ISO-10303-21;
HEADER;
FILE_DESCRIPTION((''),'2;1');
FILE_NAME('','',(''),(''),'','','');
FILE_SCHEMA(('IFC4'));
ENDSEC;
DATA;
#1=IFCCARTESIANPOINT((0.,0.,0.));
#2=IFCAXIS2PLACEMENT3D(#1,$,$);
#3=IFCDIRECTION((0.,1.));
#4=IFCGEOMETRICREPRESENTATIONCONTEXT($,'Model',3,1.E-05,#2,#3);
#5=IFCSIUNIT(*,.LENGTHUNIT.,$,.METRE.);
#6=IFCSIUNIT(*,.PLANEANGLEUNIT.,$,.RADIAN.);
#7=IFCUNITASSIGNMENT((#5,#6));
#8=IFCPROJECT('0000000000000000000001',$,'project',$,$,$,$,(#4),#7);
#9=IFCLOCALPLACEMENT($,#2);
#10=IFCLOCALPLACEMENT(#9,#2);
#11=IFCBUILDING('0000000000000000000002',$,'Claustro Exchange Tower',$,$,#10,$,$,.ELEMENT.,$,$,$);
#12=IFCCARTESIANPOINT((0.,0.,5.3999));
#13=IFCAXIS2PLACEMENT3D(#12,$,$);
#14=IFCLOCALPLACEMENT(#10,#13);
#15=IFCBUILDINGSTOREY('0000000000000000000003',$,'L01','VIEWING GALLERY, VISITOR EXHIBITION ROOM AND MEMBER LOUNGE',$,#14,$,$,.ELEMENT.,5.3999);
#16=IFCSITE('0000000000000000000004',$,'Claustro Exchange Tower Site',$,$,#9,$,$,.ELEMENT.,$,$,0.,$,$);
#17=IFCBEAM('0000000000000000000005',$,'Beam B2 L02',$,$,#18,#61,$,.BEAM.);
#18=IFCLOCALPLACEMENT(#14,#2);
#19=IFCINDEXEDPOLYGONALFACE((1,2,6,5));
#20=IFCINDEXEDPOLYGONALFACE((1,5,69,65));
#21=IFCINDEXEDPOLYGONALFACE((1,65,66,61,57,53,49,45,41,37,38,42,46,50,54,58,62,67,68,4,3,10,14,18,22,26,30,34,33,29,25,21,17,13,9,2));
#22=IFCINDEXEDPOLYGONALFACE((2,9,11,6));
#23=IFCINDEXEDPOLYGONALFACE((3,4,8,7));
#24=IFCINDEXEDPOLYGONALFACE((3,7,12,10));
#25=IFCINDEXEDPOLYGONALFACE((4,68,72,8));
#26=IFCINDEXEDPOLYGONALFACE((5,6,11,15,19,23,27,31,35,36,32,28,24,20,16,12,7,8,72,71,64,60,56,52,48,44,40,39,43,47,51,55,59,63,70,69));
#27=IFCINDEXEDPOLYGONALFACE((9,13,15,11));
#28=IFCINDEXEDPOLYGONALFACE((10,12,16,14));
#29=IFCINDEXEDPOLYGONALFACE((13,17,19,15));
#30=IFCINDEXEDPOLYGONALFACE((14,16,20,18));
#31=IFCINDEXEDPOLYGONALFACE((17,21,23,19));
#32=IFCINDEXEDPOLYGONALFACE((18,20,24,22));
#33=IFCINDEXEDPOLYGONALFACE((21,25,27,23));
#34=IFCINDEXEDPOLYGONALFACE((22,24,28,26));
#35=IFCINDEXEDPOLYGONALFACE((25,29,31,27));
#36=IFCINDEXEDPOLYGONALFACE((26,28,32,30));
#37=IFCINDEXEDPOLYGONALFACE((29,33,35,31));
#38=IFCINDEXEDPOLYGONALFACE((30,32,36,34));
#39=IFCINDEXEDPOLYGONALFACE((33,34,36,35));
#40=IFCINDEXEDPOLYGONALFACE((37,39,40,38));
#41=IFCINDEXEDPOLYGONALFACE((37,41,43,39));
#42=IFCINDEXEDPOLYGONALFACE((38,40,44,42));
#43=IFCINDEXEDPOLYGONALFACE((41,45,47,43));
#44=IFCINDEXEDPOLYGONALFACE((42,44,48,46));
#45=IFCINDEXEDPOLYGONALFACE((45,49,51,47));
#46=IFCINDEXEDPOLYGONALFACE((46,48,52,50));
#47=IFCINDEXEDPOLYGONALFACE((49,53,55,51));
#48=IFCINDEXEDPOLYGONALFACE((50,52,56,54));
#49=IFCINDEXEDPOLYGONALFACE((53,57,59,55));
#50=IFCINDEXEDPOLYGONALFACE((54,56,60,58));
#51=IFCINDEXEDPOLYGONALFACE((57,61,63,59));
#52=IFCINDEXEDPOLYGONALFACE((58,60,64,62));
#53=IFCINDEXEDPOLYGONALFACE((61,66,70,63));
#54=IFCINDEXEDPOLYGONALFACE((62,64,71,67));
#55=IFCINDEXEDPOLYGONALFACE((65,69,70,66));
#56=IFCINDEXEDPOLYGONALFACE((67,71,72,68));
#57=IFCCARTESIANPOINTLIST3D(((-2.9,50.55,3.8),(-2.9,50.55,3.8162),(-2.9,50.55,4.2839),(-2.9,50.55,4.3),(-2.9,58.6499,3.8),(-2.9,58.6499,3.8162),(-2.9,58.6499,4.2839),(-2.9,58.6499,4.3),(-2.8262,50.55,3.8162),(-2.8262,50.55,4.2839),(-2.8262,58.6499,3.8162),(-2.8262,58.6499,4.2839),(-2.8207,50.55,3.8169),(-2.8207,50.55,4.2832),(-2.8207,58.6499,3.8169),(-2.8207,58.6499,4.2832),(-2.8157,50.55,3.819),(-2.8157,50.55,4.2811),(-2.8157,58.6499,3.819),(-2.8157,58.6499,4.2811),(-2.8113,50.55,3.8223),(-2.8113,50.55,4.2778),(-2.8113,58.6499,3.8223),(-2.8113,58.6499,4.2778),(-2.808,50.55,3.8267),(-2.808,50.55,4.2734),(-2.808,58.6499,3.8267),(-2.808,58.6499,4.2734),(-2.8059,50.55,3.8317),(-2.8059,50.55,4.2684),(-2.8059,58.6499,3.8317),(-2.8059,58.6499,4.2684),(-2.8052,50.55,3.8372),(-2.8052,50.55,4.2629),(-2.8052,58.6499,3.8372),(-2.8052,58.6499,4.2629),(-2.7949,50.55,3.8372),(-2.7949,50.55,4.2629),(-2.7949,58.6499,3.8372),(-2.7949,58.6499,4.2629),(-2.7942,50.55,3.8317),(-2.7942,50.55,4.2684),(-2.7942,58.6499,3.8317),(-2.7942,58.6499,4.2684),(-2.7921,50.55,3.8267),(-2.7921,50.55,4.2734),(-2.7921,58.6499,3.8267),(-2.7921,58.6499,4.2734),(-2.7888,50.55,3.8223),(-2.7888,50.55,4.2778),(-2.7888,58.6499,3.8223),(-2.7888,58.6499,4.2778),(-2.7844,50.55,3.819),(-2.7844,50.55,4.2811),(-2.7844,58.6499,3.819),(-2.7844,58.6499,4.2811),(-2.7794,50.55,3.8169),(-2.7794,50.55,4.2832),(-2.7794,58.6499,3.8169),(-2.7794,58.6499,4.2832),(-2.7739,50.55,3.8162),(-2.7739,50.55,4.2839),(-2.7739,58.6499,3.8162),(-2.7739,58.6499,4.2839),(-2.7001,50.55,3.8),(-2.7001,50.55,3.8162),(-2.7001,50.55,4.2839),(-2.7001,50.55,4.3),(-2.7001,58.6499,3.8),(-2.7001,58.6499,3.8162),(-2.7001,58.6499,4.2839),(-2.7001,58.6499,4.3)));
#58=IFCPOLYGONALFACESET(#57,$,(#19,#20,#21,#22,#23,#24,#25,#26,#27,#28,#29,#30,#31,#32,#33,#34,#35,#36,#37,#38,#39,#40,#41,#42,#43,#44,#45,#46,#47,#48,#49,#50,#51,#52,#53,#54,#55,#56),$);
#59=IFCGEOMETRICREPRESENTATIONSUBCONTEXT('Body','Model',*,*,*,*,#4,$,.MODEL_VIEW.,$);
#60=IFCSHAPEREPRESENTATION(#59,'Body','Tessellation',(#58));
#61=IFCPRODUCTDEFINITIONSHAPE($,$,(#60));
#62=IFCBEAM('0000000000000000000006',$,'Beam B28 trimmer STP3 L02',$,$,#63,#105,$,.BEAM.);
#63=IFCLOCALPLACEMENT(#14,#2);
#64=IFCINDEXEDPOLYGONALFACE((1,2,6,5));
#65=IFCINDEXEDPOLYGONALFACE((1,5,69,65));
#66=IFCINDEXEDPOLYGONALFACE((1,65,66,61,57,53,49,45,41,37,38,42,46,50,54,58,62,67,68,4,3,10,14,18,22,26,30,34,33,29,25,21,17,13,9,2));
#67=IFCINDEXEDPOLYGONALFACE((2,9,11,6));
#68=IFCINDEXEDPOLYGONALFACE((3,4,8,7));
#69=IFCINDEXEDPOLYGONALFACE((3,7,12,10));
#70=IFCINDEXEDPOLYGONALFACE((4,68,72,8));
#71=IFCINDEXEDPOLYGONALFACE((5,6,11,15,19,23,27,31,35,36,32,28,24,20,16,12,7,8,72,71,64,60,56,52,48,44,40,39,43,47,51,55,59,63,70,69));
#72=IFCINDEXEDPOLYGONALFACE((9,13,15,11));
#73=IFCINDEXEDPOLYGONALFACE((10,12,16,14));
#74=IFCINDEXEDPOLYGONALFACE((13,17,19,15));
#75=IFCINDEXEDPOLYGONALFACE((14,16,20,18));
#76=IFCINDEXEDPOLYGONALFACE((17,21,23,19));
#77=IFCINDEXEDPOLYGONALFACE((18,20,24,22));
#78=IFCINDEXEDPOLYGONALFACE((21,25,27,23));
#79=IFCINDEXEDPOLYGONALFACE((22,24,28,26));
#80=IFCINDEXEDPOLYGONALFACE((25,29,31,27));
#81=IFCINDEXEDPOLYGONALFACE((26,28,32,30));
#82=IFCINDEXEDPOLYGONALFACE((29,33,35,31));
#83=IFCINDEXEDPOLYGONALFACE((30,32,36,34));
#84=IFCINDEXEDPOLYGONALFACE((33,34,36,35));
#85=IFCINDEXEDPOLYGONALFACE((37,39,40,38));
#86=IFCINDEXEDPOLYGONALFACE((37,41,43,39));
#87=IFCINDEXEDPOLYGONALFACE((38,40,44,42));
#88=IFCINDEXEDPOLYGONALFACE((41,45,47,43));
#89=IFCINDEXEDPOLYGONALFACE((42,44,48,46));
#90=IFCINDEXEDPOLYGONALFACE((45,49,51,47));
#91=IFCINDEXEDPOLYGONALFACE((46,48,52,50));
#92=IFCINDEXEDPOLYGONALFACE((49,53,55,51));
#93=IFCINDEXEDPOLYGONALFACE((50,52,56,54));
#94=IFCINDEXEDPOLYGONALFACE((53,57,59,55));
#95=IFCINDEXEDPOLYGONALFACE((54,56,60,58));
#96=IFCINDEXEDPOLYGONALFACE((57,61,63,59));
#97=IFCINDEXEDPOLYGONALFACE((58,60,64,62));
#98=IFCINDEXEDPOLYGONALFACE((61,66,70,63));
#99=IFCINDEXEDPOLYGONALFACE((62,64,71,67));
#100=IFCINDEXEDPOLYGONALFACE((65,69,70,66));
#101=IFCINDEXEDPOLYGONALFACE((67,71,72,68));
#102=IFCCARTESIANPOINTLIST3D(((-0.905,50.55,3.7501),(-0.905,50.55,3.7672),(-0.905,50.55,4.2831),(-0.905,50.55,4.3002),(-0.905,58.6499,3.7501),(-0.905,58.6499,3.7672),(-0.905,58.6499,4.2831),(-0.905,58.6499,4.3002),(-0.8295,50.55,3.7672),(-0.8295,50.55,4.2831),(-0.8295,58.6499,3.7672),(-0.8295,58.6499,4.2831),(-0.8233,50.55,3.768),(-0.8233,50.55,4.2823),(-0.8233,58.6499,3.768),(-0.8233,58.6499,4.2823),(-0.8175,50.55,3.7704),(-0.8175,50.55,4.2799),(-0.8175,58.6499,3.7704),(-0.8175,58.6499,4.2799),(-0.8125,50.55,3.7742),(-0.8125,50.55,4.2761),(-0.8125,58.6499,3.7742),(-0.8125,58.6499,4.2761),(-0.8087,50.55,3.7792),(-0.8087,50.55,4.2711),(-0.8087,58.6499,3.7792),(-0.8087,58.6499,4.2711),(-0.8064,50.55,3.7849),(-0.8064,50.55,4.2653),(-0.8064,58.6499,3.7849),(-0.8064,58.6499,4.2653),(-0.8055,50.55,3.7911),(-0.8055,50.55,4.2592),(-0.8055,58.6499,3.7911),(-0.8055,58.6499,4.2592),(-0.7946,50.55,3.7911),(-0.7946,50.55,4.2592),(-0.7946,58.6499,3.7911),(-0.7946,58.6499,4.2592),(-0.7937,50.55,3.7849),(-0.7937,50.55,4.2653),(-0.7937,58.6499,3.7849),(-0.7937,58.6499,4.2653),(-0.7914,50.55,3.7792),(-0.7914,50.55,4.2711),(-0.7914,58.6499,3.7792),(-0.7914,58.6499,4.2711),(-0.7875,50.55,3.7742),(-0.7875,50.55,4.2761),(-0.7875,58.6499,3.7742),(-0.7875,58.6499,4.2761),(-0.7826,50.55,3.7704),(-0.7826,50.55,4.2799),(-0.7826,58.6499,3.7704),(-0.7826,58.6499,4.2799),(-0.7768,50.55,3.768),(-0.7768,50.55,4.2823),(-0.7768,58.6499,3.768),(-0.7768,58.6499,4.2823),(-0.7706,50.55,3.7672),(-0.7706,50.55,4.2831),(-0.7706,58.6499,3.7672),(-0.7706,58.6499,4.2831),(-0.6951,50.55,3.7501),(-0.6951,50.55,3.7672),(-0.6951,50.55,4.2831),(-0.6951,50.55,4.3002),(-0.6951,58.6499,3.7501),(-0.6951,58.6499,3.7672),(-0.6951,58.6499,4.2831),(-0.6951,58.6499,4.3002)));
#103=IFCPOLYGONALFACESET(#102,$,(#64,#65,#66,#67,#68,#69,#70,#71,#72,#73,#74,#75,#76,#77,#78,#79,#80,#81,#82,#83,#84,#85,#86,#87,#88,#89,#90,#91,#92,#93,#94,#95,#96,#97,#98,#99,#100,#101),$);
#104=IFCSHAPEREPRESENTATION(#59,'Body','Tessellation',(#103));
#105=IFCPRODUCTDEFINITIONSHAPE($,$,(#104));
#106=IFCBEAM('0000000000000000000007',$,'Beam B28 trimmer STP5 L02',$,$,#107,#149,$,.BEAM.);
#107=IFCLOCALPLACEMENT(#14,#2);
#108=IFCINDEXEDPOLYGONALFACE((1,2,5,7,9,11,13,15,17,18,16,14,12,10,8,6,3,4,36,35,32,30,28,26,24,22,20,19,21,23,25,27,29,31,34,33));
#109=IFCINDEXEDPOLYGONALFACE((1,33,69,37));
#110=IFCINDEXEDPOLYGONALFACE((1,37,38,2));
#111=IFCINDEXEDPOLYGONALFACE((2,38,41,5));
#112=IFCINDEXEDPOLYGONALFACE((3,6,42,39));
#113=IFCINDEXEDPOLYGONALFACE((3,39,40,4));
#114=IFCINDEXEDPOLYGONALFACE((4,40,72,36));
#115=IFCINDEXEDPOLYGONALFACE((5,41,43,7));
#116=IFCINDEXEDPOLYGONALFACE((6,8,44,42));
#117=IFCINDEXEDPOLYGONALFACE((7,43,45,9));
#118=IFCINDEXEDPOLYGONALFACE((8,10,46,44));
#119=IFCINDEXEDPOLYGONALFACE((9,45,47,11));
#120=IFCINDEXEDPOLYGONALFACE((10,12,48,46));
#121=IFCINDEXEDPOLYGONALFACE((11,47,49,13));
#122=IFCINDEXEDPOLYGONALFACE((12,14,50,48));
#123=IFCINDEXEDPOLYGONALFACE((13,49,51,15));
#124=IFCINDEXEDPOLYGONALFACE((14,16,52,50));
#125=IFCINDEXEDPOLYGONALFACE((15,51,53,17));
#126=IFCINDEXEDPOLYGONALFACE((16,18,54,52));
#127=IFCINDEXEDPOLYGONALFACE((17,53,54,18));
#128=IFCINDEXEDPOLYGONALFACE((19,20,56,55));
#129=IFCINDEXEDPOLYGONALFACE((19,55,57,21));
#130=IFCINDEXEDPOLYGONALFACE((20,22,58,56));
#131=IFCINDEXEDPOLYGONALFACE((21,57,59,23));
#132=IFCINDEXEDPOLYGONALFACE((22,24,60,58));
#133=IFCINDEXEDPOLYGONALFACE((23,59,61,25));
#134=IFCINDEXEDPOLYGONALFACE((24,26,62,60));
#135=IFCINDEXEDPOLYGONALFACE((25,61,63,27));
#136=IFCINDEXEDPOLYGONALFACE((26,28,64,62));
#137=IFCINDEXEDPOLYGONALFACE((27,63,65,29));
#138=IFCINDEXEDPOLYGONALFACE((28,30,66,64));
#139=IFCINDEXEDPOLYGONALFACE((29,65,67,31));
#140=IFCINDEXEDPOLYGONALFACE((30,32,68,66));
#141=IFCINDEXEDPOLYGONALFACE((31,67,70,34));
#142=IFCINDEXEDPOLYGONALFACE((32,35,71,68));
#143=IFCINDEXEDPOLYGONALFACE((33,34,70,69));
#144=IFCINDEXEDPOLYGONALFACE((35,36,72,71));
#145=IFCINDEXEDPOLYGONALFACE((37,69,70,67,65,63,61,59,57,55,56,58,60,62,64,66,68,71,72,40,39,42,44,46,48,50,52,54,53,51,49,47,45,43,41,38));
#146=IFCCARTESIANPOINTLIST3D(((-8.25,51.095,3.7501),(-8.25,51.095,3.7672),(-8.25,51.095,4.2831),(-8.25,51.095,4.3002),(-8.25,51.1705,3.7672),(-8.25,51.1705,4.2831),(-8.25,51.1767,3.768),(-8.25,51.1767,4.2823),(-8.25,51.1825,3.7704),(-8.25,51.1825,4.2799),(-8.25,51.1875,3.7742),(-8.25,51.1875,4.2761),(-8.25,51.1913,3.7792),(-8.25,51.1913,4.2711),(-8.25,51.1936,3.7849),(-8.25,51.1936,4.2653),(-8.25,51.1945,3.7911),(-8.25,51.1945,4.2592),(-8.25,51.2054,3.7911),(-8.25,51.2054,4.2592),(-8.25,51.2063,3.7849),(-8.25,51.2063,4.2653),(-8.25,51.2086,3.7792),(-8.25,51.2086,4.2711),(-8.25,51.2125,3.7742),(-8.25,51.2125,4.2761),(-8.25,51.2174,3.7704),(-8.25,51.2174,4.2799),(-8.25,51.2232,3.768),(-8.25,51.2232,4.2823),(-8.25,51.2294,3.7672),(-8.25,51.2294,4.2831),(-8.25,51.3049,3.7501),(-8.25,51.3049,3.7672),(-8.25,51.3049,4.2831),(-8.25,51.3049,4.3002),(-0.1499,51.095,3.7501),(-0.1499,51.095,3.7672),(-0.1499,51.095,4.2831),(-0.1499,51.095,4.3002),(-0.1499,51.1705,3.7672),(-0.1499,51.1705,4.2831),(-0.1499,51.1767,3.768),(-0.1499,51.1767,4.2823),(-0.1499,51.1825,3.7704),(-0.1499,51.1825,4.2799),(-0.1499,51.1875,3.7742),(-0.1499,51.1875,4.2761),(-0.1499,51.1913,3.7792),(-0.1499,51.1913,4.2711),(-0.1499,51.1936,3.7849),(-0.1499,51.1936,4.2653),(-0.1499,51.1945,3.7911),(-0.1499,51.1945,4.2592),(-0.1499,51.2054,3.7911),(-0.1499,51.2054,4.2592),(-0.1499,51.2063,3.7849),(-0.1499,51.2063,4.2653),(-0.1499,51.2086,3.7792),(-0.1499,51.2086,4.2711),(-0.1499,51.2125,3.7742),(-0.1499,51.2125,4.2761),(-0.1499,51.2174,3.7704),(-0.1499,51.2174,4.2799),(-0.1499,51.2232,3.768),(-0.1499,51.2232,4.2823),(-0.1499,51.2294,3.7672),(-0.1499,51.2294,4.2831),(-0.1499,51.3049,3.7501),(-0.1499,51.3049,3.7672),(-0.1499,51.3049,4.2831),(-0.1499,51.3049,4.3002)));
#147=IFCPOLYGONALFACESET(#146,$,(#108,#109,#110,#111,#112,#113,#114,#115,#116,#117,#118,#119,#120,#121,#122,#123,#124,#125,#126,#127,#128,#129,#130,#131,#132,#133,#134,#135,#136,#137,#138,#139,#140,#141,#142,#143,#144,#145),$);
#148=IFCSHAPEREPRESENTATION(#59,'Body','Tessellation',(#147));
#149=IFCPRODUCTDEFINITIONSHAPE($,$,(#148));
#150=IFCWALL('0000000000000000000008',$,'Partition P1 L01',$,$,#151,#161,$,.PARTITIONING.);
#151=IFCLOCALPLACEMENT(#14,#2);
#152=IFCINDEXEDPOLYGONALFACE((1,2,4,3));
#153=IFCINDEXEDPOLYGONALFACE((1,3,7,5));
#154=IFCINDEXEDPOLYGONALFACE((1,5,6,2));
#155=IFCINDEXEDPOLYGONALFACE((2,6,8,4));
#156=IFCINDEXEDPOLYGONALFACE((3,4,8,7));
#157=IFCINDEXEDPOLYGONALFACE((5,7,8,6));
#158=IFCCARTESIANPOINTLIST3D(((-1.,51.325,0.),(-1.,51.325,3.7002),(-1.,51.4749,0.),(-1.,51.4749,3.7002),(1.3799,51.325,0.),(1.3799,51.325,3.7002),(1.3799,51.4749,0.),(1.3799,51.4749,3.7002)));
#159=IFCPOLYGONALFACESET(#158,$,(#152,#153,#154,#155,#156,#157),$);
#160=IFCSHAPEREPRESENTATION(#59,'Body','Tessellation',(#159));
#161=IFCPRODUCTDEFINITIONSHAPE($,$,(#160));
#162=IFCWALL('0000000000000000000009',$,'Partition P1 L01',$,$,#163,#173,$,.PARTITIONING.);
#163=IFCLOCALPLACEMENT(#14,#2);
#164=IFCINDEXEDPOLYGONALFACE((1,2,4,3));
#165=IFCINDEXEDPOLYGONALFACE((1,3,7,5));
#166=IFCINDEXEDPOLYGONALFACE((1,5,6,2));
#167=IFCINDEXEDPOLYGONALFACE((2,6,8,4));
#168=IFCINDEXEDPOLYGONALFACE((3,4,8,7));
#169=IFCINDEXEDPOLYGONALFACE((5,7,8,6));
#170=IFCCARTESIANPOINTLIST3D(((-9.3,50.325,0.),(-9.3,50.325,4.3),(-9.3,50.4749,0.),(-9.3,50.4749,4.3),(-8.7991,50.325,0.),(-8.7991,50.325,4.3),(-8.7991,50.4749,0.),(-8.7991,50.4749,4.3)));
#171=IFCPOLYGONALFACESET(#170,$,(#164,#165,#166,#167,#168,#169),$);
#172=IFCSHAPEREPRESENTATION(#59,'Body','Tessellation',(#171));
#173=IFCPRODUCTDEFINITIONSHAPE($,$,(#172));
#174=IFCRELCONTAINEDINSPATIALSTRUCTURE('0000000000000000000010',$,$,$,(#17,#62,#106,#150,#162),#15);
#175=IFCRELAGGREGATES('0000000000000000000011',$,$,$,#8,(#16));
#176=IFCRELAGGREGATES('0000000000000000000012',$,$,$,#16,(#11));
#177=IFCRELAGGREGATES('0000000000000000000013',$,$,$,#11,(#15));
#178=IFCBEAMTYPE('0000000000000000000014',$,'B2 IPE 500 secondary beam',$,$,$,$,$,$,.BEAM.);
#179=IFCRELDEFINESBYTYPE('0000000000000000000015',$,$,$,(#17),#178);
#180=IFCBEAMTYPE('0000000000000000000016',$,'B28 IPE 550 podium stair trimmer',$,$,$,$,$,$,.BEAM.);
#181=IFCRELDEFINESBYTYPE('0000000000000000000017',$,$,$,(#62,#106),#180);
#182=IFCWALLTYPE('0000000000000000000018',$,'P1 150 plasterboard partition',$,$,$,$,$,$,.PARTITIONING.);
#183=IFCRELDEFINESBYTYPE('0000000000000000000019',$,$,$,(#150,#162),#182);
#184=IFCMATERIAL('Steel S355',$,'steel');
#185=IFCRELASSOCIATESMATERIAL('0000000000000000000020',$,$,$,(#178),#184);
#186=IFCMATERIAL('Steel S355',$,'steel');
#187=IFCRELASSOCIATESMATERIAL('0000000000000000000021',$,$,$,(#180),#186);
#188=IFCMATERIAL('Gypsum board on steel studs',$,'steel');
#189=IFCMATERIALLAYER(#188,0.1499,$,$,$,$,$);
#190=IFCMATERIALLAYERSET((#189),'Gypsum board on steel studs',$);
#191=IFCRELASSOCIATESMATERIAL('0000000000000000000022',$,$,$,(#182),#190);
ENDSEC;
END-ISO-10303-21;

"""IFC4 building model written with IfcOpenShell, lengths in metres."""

from ifc_helpers import new_model, si_unit, direction, frame, frame_2d, origin, origin_2d, place, context, subcontext, project, spatial, rectangle, i_section, extrude, material, layer, layer_set, material_profile, profile_set, type_object, element, save


model = new_model("IFC4")

# Units and contexts
model_context = context("Model", 3, precision=1e-05, world=origin(), true_north=direction((0.0, 1.0)))
body_context = subcontext(model_context, "Body", "Model", "MODEL_VIEW")
ifc_project = project(units=[si_unit("LENGTHUNIT", "METRE"), si_unit("PLANEANGLEUNIT", "RADIAN")], contexts=[model_context])

# Site, building, storey
site_placement = place(None, origin())
site = spatial("IfcSite", under=ifc_project, at=site_placement, Name="Claustro Exchange Tower Site", CompositionType="ELEMENT", RefElevation=0.0)
building_placement = place(site_placement, origin())
building = spatial("IfcBuilding", under=site, at=building_placement, Name="Claustro Exchange Tower", CompositionType="ELEMENT")
storey_placement = place(building_placement, frame((0.0, 0.0, 5.3999)))
storey = spatial("IfcBuildingStorey", under=building, at=storey_placement, Name="L01", Description="VIEWING GALLERY, VISITOR EXHIBITION ROOM AND MEMBER LOUNGE", CompositionType="ELEMENT", Elevation=5.3999)

# Beams
ifc_material_1 = material(Name="Steel S355", Category="steel")
ifc_material_profile_1 = material_profile(ifc_material_1, i_section(OverallWidth=0.2, OverallDepth=0.5, WebThickness=0.0103, FlangeThickness=0.0161, FilletRadius=0.021, at=origin_2d()), Name="IPE 500")
ifc_profile_set_1 = profile_set([ifc_material_profile_1], Name="Steel S355")
beam_type_1 = type_object("IfcBeamType", Name="B2 IPE 500 secondary beam", PredefinedType="BEAM", material=ifc_profile_set_1)
for number, where, z_axis, x_axis, name in (
    (1, (-2.8, 50.55, 4.05), (0.0, 1.0, 0.0), (-1.0, 0.0, 0.0), "Beam B2 L02"),
):
    element("IfcBeam", number, at=place(storey_placement, frame(where, z_axis=z_axis, x_axis=x_axis)), inside=storey, type_object=beam_type_1, Name=name, PredefinedType="BEAM", context=body_context, shape_type="SweptSolid", body=[
        extrude(i_section(OverallWidth=0.2, OverallDepth=0.5, WebThickness=0.0103, FlangeThickness=0.0161, FilletRadius=0.021, at=origin_2d()), origin(), (0.0, 0.0, 1.0), 8.0999),
    ])
ifc_material_2 = material(Name="Steel S355", Category="steel")
ifc_material_profile_2 = material_profile(ifc_material_2, i_section(OverallWidth=0.21, OverallDepth=0.55, WebThickness=0.011, FlangeThickness=0.0171, FilletRadius=0.0239, at=origin_2d()), Name="IPE 550")
ifc_profile_set_2 = profile_set([ifc_material_profile_2], Name="Steel S355")
beam_type_2 = type_object("IfcBeamType", Name="B28 IPE 550 podium stair trimmer", PredefinedType="BEAM", material=ifc_profile_set_2)
beam_1_placement = place(storey_placement, frame((-0.8, 50.55, 4.0251), z_axis=(0.0, 1.0, 0.0), x_axis=(-1.0, 0.0, 0.0)))
element("IfcBeam", 2, at=beam_1_placement, inside=storey, type_object=beam_type_2, Name="Beam B28 trimmer STP3 L02", PredefinedType="BEAM", context=body_context, shape_type="SweptSolid", body=[
    extrude(i_section(OverallWidth=0.21, OverallDepth=0.55, WebThickness=0.011, FlangeThickness=0.0171, FilletRadius=0.0239, at=origin_2d()), origin(), (0.0, 0.0, 1.0), 8.0999),
])
beam_2_placement = place(storey_placement, frame((-8.25, 51.2, 4.0251), z_axis=(1.0, 0.0, 0.0), x_axis=(0.0, 1.0, 0.0)))
element("IfcBeam", 3, at=beam_2_placement, inside=storey, type_object=beam_type_2, Name="Beam B28 trimmer STP5 L02", PredefinedType="BEAM", context=body_context, shape_type="SweptSolid", body=[
    extrude(i_section(OverallWidth=0.21, OverallDepth=0.55, WebThickness=0.011, FlangeThickness=0.0171, FilletRadius=0.0239, at=origin_2d()), origin(), (0.0, 0.0, 1.0), 8.1001),
])

# Walls
ifc_material_3 = material(Name="Gypsum board on steel studs", Category="steel")
ifc_layer_1 = layer(ifc_material_3, 0.1499)
ifc_layer_set_1 = layer_set([ifc_layer_1], Name="Gypsum board on steel studs")
wall_type_1 = type_object("IfcWallType", Name="P1 150 plasterboard partition", PredefinedType="PARTITIONING", material=ifc_layer_set_1)
wall_1_placement = place(storey_placement, frame((-1.0, 51.3999, 0.0), z_axis=(0.0, 0.0, 1.0), x_axis=(1.0, 0.0, 0.0)))
element("IfcWall", 4, at=wall_1_placement, inside=storey, type_object=wall_type_1, Name="Partition P1 L01", PredefinedType="PARTITIONING", context=body_context, shape_type="SweptSolid", body=[
    extrude(rectangle(XDim=2.3799, YDim=0.1499, at=frame_2d((1.1899, 0.0))), origin(), (0.0, 0.0, 1.0), 3.7002),
])
wall_2_placement = place(storey_placement, frame((-9.3, 50.3999, 0.0), z_axis=(0.0, 0.0, 1.0), x_axis=(1.0, 0.0, 0.0)))
element("IfcWall", 5, at=wall_2_placement, inside=storey, type_object=wall_type_1, Name="Partition P1 L01", PredefinedType="PARTITIONING", context=body_context, shape_type="SweptSolid", body=[
    extrude(rectangle(XDim=0.501, YDim=0.1499, at=frame_2d((0.2505, 0.0))), origin(), (0.0, 0.0, 1.0), 4.3),
])

save(model, "model.ifc")
